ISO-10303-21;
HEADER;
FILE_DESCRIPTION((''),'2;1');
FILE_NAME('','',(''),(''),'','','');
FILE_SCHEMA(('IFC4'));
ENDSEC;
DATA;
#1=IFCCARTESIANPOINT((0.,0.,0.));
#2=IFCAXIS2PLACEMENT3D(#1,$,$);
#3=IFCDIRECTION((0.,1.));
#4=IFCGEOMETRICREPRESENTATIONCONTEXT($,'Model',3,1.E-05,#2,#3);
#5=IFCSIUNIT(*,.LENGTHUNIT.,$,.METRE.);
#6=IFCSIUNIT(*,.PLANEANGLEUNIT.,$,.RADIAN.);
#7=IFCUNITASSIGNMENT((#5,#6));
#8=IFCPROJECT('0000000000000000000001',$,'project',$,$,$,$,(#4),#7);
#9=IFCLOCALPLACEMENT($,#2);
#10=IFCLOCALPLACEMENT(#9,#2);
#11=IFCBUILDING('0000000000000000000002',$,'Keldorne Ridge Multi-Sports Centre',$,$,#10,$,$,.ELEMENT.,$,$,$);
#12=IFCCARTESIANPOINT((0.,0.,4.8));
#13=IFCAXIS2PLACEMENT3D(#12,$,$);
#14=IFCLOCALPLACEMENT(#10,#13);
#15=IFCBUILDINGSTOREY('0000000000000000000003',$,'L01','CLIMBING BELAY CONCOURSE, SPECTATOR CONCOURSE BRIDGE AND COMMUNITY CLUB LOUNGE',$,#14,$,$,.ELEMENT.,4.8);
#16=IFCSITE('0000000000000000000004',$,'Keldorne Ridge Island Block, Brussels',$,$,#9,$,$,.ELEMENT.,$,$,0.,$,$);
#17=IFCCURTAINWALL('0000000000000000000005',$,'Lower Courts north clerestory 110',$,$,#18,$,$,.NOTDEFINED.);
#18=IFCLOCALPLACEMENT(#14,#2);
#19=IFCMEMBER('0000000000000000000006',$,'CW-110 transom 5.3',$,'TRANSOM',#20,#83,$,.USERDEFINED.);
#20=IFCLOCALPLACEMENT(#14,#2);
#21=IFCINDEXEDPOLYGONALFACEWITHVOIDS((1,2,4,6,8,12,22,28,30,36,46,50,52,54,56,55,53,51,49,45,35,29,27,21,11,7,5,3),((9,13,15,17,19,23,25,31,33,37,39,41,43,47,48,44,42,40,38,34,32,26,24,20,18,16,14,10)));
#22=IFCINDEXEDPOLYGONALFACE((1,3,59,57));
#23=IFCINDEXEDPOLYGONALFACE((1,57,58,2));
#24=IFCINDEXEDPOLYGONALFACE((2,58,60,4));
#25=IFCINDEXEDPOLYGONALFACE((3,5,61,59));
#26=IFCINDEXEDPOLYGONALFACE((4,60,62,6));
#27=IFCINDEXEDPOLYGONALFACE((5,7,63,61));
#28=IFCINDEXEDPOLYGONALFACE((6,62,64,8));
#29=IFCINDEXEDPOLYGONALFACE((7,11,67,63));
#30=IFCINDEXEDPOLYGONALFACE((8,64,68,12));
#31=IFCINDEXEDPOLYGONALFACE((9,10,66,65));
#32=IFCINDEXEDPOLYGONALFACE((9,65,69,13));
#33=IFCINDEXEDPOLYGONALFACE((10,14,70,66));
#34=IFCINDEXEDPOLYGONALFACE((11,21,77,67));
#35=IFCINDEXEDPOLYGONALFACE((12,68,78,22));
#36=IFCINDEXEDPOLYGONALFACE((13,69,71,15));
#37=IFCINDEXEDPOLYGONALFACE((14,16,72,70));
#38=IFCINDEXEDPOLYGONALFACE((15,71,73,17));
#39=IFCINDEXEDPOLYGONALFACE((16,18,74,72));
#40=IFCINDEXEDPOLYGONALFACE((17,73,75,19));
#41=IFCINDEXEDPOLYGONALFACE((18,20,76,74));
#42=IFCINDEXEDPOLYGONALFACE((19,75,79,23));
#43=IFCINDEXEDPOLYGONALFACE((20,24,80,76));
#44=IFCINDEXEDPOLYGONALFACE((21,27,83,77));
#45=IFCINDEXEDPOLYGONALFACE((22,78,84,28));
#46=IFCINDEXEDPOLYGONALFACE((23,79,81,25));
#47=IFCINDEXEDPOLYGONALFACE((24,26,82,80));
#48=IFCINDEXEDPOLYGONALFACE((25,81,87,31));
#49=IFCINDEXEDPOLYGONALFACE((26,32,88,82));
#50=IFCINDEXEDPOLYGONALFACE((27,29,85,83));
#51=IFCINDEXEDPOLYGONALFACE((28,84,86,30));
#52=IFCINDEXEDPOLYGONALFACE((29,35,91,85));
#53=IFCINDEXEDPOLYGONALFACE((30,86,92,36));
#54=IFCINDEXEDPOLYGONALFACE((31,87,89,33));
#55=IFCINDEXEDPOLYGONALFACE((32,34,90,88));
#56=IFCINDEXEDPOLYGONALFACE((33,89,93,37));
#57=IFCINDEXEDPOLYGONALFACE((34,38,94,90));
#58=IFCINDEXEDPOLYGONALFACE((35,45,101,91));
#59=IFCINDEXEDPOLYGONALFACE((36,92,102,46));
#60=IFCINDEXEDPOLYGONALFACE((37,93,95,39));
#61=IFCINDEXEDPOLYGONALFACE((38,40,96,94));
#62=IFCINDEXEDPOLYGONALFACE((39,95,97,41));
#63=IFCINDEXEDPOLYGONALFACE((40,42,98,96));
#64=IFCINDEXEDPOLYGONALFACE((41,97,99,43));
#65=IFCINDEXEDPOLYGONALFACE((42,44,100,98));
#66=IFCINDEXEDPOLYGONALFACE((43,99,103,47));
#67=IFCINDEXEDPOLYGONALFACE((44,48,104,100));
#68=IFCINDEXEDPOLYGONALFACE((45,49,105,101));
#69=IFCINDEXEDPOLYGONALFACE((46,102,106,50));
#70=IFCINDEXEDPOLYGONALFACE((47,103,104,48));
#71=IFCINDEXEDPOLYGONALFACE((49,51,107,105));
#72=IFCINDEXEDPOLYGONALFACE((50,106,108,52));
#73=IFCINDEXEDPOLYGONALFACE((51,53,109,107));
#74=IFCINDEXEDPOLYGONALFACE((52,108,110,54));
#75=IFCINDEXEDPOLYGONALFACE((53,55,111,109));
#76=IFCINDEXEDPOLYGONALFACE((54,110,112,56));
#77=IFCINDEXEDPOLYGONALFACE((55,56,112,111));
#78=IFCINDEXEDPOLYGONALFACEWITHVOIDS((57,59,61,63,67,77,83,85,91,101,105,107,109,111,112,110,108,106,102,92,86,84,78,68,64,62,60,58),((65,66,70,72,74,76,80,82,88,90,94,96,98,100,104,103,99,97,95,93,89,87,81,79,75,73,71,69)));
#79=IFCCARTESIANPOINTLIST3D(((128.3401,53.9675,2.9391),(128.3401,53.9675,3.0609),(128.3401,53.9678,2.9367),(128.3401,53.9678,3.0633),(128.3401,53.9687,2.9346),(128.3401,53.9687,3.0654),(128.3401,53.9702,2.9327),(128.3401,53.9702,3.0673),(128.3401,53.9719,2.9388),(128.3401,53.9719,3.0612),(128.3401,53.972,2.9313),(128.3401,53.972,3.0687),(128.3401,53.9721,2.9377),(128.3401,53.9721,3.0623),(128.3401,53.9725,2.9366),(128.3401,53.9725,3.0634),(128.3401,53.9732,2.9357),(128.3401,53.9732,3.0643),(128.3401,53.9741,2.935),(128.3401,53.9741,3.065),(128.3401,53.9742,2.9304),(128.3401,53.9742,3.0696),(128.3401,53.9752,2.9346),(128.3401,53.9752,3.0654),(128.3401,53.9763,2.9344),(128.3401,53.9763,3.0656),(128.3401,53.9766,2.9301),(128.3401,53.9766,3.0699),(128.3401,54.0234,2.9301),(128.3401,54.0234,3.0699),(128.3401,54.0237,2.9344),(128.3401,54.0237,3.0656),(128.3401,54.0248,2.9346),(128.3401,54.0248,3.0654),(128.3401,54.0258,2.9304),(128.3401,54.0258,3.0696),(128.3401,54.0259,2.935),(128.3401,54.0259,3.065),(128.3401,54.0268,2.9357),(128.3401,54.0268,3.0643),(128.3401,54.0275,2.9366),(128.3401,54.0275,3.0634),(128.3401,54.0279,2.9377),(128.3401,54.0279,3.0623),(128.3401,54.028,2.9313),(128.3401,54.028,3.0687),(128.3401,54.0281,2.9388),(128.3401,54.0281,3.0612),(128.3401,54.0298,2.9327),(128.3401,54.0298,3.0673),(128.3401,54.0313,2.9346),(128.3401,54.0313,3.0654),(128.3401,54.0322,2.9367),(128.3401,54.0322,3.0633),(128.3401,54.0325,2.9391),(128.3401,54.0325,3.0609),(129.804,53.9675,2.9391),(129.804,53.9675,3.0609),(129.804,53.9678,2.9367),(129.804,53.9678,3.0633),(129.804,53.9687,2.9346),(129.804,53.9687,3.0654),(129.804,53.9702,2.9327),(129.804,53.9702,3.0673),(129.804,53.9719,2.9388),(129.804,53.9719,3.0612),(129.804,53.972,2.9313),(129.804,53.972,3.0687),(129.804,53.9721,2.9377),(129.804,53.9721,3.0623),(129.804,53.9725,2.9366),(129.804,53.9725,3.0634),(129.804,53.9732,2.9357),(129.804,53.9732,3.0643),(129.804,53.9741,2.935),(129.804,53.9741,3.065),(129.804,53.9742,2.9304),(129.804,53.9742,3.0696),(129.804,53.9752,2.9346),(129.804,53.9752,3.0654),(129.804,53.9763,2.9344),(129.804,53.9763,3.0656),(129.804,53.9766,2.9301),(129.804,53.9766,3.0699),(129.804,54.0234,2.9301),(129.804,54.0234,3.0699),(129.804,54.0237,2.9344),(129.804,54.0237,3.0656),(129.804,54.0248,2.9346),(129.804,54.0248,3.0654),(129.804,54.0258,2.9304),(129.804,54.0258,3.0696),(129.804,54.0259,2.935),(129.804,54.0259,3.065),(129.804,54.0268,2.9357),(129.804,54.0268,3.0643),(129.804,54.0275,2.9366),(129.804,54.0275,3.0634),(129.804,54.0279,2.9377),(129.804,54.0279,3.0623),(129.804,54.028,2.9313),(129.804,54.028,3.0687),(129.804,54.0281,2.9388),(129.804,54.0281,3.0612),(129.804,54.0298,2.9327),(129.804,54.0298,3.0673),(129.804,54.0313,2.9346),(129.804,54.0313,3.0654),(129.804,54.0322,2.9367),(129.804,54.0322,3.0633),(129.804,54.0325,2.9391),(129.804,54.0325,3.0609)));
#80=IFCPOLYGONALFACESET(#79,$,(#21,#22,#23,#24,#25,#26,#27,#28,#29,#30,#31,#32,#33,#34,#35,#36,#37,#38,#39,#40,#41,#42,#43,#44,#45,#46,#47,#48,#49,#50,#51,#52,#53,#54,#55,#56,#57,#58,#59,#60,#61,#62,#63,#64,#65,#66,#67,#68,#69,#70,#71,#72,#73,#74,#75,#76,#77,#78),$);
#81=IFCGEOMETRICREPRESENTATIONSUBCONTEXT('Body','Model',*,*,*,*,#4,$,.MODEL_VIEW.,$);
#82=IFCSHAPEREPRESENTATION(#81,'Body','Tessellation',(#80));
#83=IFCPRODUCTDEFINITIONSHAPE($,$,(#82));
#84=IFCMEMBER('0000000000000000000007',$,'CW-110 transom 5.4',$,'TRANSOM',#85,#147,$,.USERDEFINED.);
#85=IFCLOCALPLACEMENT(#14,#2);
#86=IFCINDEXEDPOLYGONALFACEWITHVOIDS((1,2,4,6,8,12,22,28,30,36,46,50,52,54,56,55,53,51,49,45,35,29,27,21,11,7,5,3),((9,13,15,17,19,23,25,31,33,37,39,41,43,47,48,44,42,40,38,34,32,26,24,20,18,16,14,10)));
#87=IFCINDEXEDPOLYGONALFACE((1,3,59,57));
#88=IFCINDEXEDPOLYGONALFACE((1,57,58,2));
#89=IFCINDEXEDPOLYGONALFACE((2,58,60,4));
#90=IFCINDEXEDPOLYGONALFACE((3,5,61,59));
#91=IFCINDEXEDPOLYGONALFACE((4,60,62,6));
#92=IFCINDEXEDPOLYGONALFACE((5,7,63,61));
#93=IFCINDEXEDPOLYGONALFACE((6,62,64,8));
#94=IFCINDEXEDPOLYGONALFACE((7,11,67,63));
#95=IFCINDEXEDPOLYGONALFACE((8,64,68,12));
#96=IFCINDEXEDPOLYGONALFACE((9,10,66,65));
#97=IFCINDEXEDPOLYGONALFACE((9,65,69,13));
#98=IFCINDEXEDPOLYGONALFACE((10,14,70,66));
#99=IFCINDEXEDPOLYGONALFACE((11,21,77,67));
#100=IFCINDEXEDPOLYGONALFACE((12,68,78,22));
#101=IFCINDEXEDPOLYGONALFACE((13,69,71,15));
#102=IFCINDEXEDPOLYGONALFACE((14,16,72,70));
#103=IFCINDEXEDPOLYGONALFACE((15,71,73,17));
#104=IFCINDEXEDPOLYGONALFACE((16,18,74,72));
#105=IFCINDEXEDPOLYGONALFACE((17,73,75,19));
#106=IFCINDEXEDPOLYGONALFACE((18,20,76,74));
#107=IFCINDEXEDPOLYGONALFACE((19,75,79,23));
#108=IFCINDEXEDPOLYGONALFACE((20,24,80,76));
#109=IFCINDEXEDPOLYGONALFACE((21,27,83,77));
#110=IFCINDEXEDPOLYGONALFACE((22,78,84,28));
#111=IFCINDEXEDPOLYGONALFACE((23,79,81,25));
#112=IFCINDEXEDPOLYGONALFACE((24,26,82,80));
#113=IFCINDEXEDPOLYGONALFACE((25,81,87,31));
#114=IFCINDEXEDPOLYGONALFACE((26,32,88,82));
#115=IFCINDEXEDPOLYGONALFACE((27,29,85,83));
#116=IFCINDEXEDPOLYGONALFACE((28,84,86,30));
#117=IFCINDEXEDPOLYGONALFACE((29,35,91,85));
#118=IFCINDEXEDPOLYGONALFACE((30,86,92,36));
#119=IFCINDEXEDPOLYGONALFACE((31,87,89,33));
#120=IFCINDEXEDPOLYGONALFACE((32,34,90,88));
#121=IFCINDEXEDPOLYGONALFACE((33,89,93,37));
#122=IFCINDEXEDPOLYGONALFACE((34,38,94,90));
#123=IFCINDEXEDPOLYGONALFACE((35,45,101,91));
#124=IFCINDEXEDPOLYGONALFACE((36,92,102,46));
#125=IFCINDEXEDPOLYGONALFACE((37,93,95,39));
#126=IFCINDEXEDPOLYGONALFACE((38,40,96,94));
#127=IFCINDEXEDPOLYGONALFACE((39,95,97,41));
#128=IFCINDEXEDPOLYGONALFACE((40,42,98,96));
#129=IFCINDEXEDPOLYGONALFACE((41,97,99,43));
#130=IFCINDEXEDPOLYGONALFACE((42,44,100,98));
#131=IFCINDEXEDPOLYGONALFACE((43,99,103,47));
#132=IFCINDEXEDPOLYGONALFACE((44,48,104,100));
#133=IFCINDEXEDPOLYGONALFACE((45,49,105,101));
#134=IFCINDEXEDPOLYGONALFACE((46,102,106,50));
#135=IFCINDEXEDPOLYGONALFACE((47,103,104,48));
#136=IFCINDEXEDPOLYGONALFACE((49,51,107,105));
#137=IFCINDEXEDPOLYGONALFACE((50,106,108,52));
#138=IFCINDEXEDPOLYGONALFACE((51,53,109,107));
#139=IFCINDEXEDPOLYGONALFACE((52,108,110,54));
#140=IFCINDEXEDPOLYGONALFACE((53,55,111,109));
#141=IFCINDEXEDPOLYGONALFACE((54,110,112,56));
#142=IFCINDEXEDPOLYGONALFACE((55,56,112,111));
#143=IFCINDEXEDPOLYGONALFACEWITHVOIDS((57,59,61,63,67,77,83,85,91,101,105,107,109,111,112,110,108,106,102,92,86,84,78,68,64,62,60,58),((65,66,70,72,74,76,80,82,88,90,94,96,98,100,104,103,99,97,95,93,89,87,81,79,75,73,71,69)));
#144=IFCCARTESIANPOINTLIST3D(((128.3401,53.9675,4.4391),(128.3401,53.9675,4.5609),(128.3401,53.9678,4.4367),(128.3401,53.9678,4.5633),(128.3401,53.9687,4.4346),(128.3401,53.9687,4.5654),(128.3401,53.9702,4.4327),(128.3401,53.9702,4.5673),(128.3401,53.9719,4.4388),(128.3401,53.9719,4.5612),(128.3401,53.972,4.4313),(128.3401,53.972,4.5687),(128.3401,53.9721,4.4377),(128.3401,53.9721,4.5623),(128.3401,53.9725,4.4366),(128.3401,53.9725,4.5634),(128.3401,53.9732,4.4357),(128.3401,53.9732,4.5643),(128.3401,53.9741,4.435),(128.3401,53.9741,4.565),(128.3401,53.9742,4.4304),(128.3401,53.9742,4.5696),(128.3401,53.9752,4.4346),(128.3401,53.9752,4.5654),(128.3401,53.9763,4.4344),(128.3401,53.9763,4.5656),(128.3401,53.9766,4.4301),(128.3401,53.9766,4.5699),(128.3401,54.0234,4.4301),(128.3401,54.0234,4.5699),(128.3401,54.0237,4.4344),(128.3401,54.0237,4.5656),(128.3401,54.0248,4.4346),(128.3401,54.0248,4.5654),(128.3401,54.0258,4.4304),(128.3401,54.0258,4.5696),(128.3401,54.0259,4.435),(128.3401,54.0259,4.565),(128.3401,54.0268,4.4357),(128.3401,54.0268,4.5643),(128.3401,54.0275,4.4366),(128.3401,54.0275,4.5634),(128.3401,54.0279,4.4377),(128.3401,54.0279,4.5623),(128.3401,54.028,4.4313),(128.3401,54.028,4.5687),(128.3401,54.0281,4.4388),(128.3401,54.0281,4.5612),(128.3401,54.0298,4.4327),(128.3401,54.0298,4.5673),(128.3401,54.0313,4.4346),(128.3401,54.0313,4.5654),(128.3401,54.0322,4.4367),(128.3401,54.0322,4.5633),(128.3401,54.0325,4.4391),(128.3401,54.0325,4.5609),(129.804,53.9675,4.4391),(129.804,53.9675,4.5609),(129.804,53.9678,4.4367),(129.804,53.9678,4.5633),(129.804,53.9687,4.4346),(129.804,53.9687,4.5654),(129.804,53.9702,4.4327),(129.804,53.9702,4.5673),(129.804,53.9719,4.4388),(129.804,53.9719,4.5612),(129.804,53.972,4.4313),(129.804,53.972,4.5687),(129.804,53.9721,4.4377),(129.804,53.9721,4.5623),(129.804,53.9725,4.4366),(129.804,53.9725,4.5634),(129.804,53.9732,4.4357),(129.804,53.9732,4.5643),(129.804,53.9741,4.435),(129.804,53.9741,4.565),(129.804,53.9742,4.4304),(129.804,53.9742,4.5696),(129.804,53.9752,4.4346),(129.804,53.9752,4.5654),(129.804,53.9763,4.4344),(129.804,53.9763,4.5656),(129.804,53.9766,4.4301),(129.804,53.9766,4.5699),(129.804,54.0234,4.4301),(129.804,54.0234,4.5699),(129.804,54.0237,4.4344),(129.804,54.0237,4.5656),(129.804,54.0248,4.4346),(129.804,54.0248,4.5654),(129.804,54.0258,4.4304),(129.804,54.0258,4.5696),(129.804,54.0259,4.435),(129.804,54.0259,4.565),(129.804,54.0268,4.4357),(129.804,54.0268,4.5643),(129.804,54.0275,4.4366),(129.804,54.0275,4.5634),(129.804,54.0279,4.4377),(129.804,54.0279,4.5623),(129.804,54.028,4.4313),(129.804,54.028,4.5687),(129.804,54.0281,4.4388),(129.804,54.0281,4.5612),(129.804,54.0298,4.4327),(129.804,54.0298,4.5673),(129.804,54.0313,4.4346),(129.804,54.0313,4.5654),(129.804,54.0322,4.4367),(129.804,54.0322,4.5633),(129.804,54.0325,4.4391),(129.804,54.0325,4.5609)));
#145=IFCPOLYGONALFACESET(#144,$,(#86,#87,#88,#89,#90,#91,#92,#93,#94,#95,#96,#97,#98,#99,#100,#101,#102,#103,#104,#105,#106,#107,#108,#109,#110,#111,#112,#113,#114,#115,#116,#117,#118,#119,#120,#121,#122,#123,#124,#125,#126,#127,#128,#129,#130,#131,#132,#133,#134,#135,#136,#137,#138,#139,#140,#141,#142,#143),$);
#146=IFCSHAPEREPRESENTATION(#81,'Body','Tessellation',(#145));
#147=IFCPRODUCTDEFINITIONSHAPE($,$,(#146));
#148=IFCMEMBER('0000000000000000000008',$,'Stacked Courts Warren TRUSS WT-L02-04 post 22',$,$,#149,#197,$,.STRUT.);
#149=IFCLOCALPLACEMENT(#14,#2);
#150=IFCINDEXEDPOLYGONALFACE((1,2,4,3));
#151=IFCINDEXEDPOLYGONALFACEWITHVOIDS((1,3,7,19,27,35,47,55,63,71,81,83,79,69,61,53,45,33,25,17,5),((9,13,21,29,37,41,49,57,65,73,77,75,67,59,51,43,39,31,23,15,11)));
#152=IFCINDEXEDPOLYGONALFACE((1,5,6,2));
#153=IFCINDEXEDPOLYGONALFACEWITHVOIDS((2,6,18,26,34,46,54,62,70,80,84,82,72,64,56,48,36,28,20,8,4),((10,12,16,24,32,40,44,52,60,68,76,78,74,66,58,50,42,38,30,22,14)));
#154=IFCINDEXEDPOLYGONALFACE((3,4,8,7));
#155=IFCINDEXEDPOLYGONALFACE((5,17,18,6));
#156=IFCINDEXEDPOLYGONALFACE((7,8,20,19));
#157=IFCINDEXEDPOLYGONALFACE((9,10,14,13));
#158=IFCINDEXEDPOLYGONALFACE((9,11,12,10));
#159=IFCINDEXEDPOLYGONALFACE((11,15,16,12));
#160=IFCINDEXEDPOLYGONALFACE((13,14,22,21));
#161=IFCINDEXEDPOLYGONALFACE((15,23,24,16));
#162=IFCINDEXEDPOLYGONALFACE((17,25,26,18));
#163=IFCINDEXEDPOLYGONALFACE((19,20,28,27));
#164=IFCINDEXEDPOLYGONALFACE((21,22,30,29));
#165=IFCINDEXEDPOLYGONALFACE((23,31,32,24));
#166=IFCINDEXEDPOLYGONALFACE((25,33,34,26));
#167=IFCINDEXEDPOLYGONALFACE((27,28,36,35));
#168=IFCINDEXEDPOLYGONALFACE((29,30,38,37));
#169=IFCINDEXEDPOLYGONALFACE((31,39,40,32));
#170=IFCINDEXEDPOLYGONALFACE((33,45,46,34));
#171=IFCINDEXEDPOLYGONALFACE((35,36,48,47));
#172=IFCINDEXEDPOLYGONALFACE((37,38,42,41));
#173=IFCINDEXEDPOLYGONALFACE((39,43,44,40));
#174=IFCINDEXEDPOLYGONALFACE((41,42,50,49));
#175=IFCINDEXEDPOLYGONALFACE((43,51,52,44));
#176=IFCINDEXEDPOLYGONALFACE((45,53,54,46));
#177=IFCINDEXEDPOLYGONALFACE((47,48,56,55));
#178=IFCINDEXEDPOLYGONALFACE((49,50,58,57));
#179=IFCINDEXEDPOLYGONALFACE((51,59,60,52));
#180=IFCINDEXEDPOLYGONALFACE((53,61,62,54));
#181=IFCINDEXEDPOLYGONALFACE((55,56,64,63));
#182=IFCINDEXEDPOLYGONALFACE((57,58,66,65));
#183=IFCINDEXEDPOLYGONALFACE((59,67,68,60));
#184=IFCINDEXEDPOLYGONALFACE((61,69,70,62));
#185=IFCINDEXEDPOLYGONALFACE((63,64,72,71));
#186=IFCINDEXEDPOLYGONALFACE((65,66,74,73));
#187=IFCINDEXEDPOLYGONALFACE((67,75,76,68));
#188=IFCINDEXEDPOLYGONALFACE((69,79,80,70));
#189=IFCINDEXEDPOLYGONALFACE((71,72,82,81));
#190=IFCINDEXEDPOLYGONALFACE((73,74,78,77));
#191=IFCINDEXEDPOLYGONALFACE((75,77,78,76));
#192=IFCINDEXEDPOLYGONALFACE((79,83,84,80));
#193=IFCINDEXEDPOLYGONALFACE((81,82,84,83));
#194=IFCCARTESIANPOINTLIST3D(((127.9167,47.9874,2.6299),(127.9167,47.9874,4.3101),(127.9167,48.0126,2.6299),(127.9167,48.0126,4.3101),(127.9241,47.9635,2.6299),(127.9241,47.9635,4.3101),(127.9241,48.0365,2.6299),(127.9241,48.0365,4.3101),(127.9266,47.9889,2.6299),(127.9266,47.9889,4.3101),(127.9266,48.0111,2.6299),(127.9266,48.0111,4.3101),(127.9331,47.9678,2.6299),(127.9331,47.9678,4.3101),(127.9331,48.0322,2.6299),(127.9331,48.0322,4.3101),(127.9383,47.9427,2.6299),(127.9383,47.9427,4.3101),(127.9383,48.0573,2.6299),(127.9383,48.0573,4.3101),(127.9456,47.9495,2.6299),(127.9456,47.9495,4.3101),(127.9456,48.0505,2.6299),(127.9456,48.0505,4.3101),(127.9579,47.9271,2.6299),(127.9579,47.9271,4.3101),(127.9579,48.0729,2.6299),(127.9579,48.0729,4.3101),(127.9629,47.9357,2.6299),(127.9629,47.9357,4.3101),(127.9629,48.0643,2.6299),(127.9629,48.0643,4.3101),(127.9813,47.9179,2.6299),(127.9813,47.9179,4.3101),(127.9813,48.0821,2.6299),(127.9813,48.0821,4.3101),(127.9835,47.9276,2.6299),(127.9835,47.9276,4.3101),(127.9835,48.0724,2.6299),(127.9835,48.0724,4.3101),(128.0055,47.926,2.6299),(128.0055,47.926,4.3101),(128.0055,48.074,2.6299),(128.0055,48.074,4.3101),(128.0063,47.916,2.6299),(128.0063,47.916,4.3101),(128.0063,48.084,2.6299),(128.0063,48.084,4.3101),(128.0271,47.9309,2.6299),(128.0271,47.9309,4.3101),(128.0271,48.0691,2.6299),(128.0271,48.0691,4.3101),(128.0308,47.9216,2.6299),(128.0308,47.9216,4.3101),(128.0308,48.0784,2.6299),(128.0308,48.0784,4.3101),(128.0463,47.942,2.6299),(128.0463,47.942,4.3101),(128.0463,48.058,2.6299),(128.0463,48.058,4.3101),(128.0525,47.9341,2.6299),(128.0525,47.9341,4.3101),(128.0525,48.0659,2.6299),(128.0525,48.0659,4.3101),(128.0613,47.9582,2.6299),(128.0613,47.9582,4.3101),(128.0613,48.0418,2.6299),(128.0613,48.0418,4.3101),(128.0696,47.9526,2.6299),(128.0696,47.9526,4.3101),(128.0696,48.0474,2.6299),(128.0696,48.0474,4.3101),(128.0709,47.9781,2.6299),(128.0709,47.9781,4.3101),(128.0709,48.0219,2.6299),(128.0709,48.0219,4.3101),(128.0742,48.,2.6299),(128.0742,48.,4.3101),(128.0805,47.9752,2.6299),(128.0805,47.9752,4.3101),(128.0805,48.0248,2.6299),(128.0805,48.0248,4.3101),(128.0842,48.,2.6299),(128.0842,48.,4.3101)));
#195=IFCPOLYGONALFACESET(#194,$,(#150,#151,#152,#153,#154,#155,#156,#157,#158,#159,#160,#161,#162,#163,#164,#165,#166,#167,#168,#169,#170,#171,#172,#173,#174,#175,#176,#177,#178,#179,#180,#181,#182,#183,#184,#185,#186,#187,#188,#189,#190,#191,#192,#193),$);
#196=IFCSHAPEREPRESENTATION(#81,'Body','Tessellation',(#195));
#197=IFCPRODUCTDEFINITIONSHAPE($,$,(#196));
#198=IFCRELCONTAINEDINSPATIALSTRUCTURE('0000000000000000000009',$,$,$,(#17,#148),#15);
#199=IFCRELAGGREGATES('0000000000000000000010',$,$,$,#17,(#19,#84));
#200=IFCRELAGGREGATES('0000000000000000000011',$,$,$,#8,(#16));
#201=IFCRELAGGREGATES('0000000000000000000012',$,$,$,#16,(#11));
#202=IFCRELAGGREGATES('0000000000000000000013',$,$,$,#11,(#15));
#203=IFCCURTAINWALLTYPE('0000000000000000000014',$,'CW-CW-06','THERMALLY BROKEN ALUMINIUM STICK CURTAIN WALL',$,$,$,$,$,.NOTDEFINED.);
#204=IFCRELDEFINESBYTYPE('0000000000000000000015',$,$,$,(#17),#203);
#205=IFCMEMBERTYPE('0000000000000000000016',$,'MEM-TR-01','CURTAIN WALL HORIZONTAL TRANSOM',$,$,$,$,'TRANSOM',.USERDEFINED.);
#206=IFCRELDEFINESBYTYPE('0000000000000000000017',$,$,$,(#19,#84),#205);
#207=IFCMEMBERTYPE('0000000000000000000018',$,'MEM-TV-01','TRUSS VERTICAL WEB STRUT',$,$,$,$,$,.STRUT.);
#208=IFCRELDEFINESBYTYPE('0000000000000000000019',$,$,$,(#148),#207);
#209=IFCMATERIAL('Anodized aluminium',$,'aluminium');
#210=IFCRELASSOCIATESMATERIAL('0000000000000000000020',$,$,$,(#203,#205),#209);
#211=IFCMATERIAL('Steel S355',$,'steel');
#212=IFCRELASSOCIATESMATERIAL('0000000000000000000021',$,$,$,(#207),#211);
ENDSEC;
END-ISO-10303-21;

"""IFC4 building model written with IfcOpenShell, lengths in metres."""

from ifc_helpers import new_model, si_unit, direction, frame, origin, origin_2d, place, context, subcontext, project, spatial, hollow_rectangle, hollow_circle, extrude, material, material_profile, profile_set, type_object, element, aggregate, save


model = new_model("IFC4")

# Units and contexts
model_context = context("Model", 3, precision=1e-05, world=origin(), true_north=direction((0.0, 1.0)))
body_context = subcontext(model_context, "Body", "Model", "MODEL_VIEW")
ifc_project = project(units=[si_unit("LENGTHUNIT", "METRE"), si_unit("PLANEANGLEUNIT", "RADIAN")], contexts=[model_context])

# Site, building, storey
site_placement = place(None, origin())
site = spatial("IfcSite", under=ifc_project, at=site_placement, Name="Keldorne Ridge Island Block, Brussels", CompositionType="ELEMENT", RefElevation=0.0)
building_placement = place(site_placement, origin())
building = spatial("IfcBuilding", under=site, at=building_placement, Name="Keldorne Ridge Multi-Sports Centre", CompositionType="ELEMENT")
storey_placement = place(building_placement, frame((0.0, 0.0, 4.8)))
storey = spatial("IfcBuildingStorey", under=building, at=storey_placement, Name="L01", Description="CLIMBING BELAY CONCOURSE, SPECTATOR CONCOURSE BRIDGE AND COMMUNITY CLUB LOUNGE", CompositionType="ELEMENT", Elevation=4.8)

# Shared definitions
ifc_material_1 = material(Name="Steel S355", Category="steel")

# Shared definitions
ifc_material_2 = material(Name="Anodized aluminium", Category="aluminium")

# Curtain wall
curtain_wall_type_1 = type_object("IfcCurtainWallType", Name="CW-CW-06", Description="THERMALLY BROKEN ALUMINIUM STICK CURTAIN WALL", PredefinedType="NOTDEFINED", material=ifc_material_2)
curtain_wall_1_placement = place(storey_placement, origin())
curtain_wall_1 = element("IfcCurtainWall", 1, at=curtain_wall_1_placement, inside=storey, type_object=curtain_wall_type_1, Name="Lower Courts north clerestory 110", PredefinedType="NOTDEFINED")

# Members
ifc_material_profile_1 = material_profile(ifc_material_2, hollow_rectangle(XDim=0.0649, YDim=0.1399, WallThickness=0.0044, InnerFilletRadius=0.0044, OuterFilletRadius=0.009, at=origin_2d()), Name="ALU TRANSOM 140x65x4.5")
ifc_profile_set_1 = profile_set([ifc_material_profile_1], Name="Anodized aluminium")
member_type_1 = type_object("IfcMemberType", Name="MEM-TR-01", Description="CURTAIN WALL HORIZONTAL TRANSOM", ElementType="TRANSOM", PredefinedType="USERDEFINED", material=ifc_profile_set_1)
member_1_placement = place(storey_placement, frame((129.804, 54.0, 3.0), z_axis=(-1.0, 0.0, 0.0), x_axis=(0.0, -1.0, 0.0)))
member_1 = element("IfcMember", 2, at=member_1_placement, type_object=member_type_1, Name="CW-110 transom 5.3", ObjectType="TRANSOM", PredefinedType="USERDEFINED", context=body_context, shape_type="SweptSolid", body=[
    extrude(hollow_rectangle(XDim=0.0649, YDim=0.1399, WallThickness=0.0044, InnerFilletRadius=0.0044, OuterFilletRadius=0.009, at=origin_2d()), origin(), (0.0, 0.0, 1.0), 1.4639),
])
member_2_placement = place(storey_placement, frame((129.804, 54.0, 4.5), z_axis=(-1.0, 0.0, 0.0), x_axis=(0.0, -1.0, 0.0)))
member_2 = element("IfcMember", 3, at=member_2_placement, type_object=member_type_1, Name="CW-110 transom 5.4", ObjectType="TRANSOM", PredefinedType="USERDEFINED", context=body_context, shape_type="SweptSolid", body=[
    extrude(hollow_rectangle(XDim=0.0649, YDim=0.1399, WallThickness=0.0044, InnerFilletRadius=0.0044, OuterFilletRadius=0.009, at=origin_2d()), origin(), (0.0, 0.0, 1.0), 1.4639),
])

# Member
ifc_material_profile_2 = material_profile(ifc_material_1, hollow_circle(Radius=0.0842, WallThickness=0.01, at=origin_2d()), Name="CHS 168.3x10")
ifc_profile_set_2 = profile_set([ifc_material_profile_2], Name="Steel S355")
member_type_2 = type_object("IfcMemberType", Name="MEM-TV-01", Description="TRUSS VERTICAL WEB STRUT", PredefinedType="STRUT", material=ifc_profile_set_2)
for number, where, z_axis, x_axis, name in (
    (4, (128.0, 48.0, 2.6299), (0.0, 0.0, 1.0), (1.0, 0.0, 0.0), "Stacked Courts Warren TRUSS WT-L02-04 post 22"),
):
    element("IfcMember", number, at=place(storey_placement, frame(where, z_axis=z_axis, x_axis=x_axis)), inside=storey, type_object=member_type_2, Name=name, PredefinedType="STRUT", context=body_context, shape_type="SweptSolid", body=[
        extrude(hollow_circle(Radius=0.0842, WallThickness=0.01, at=origin_2d()), origin(), (0.0, 0.0, 1.0), 1.6802),
    ])

aggregate(curtain_wall_1, [member_1, member_2])

save(model, "model.ifc")
